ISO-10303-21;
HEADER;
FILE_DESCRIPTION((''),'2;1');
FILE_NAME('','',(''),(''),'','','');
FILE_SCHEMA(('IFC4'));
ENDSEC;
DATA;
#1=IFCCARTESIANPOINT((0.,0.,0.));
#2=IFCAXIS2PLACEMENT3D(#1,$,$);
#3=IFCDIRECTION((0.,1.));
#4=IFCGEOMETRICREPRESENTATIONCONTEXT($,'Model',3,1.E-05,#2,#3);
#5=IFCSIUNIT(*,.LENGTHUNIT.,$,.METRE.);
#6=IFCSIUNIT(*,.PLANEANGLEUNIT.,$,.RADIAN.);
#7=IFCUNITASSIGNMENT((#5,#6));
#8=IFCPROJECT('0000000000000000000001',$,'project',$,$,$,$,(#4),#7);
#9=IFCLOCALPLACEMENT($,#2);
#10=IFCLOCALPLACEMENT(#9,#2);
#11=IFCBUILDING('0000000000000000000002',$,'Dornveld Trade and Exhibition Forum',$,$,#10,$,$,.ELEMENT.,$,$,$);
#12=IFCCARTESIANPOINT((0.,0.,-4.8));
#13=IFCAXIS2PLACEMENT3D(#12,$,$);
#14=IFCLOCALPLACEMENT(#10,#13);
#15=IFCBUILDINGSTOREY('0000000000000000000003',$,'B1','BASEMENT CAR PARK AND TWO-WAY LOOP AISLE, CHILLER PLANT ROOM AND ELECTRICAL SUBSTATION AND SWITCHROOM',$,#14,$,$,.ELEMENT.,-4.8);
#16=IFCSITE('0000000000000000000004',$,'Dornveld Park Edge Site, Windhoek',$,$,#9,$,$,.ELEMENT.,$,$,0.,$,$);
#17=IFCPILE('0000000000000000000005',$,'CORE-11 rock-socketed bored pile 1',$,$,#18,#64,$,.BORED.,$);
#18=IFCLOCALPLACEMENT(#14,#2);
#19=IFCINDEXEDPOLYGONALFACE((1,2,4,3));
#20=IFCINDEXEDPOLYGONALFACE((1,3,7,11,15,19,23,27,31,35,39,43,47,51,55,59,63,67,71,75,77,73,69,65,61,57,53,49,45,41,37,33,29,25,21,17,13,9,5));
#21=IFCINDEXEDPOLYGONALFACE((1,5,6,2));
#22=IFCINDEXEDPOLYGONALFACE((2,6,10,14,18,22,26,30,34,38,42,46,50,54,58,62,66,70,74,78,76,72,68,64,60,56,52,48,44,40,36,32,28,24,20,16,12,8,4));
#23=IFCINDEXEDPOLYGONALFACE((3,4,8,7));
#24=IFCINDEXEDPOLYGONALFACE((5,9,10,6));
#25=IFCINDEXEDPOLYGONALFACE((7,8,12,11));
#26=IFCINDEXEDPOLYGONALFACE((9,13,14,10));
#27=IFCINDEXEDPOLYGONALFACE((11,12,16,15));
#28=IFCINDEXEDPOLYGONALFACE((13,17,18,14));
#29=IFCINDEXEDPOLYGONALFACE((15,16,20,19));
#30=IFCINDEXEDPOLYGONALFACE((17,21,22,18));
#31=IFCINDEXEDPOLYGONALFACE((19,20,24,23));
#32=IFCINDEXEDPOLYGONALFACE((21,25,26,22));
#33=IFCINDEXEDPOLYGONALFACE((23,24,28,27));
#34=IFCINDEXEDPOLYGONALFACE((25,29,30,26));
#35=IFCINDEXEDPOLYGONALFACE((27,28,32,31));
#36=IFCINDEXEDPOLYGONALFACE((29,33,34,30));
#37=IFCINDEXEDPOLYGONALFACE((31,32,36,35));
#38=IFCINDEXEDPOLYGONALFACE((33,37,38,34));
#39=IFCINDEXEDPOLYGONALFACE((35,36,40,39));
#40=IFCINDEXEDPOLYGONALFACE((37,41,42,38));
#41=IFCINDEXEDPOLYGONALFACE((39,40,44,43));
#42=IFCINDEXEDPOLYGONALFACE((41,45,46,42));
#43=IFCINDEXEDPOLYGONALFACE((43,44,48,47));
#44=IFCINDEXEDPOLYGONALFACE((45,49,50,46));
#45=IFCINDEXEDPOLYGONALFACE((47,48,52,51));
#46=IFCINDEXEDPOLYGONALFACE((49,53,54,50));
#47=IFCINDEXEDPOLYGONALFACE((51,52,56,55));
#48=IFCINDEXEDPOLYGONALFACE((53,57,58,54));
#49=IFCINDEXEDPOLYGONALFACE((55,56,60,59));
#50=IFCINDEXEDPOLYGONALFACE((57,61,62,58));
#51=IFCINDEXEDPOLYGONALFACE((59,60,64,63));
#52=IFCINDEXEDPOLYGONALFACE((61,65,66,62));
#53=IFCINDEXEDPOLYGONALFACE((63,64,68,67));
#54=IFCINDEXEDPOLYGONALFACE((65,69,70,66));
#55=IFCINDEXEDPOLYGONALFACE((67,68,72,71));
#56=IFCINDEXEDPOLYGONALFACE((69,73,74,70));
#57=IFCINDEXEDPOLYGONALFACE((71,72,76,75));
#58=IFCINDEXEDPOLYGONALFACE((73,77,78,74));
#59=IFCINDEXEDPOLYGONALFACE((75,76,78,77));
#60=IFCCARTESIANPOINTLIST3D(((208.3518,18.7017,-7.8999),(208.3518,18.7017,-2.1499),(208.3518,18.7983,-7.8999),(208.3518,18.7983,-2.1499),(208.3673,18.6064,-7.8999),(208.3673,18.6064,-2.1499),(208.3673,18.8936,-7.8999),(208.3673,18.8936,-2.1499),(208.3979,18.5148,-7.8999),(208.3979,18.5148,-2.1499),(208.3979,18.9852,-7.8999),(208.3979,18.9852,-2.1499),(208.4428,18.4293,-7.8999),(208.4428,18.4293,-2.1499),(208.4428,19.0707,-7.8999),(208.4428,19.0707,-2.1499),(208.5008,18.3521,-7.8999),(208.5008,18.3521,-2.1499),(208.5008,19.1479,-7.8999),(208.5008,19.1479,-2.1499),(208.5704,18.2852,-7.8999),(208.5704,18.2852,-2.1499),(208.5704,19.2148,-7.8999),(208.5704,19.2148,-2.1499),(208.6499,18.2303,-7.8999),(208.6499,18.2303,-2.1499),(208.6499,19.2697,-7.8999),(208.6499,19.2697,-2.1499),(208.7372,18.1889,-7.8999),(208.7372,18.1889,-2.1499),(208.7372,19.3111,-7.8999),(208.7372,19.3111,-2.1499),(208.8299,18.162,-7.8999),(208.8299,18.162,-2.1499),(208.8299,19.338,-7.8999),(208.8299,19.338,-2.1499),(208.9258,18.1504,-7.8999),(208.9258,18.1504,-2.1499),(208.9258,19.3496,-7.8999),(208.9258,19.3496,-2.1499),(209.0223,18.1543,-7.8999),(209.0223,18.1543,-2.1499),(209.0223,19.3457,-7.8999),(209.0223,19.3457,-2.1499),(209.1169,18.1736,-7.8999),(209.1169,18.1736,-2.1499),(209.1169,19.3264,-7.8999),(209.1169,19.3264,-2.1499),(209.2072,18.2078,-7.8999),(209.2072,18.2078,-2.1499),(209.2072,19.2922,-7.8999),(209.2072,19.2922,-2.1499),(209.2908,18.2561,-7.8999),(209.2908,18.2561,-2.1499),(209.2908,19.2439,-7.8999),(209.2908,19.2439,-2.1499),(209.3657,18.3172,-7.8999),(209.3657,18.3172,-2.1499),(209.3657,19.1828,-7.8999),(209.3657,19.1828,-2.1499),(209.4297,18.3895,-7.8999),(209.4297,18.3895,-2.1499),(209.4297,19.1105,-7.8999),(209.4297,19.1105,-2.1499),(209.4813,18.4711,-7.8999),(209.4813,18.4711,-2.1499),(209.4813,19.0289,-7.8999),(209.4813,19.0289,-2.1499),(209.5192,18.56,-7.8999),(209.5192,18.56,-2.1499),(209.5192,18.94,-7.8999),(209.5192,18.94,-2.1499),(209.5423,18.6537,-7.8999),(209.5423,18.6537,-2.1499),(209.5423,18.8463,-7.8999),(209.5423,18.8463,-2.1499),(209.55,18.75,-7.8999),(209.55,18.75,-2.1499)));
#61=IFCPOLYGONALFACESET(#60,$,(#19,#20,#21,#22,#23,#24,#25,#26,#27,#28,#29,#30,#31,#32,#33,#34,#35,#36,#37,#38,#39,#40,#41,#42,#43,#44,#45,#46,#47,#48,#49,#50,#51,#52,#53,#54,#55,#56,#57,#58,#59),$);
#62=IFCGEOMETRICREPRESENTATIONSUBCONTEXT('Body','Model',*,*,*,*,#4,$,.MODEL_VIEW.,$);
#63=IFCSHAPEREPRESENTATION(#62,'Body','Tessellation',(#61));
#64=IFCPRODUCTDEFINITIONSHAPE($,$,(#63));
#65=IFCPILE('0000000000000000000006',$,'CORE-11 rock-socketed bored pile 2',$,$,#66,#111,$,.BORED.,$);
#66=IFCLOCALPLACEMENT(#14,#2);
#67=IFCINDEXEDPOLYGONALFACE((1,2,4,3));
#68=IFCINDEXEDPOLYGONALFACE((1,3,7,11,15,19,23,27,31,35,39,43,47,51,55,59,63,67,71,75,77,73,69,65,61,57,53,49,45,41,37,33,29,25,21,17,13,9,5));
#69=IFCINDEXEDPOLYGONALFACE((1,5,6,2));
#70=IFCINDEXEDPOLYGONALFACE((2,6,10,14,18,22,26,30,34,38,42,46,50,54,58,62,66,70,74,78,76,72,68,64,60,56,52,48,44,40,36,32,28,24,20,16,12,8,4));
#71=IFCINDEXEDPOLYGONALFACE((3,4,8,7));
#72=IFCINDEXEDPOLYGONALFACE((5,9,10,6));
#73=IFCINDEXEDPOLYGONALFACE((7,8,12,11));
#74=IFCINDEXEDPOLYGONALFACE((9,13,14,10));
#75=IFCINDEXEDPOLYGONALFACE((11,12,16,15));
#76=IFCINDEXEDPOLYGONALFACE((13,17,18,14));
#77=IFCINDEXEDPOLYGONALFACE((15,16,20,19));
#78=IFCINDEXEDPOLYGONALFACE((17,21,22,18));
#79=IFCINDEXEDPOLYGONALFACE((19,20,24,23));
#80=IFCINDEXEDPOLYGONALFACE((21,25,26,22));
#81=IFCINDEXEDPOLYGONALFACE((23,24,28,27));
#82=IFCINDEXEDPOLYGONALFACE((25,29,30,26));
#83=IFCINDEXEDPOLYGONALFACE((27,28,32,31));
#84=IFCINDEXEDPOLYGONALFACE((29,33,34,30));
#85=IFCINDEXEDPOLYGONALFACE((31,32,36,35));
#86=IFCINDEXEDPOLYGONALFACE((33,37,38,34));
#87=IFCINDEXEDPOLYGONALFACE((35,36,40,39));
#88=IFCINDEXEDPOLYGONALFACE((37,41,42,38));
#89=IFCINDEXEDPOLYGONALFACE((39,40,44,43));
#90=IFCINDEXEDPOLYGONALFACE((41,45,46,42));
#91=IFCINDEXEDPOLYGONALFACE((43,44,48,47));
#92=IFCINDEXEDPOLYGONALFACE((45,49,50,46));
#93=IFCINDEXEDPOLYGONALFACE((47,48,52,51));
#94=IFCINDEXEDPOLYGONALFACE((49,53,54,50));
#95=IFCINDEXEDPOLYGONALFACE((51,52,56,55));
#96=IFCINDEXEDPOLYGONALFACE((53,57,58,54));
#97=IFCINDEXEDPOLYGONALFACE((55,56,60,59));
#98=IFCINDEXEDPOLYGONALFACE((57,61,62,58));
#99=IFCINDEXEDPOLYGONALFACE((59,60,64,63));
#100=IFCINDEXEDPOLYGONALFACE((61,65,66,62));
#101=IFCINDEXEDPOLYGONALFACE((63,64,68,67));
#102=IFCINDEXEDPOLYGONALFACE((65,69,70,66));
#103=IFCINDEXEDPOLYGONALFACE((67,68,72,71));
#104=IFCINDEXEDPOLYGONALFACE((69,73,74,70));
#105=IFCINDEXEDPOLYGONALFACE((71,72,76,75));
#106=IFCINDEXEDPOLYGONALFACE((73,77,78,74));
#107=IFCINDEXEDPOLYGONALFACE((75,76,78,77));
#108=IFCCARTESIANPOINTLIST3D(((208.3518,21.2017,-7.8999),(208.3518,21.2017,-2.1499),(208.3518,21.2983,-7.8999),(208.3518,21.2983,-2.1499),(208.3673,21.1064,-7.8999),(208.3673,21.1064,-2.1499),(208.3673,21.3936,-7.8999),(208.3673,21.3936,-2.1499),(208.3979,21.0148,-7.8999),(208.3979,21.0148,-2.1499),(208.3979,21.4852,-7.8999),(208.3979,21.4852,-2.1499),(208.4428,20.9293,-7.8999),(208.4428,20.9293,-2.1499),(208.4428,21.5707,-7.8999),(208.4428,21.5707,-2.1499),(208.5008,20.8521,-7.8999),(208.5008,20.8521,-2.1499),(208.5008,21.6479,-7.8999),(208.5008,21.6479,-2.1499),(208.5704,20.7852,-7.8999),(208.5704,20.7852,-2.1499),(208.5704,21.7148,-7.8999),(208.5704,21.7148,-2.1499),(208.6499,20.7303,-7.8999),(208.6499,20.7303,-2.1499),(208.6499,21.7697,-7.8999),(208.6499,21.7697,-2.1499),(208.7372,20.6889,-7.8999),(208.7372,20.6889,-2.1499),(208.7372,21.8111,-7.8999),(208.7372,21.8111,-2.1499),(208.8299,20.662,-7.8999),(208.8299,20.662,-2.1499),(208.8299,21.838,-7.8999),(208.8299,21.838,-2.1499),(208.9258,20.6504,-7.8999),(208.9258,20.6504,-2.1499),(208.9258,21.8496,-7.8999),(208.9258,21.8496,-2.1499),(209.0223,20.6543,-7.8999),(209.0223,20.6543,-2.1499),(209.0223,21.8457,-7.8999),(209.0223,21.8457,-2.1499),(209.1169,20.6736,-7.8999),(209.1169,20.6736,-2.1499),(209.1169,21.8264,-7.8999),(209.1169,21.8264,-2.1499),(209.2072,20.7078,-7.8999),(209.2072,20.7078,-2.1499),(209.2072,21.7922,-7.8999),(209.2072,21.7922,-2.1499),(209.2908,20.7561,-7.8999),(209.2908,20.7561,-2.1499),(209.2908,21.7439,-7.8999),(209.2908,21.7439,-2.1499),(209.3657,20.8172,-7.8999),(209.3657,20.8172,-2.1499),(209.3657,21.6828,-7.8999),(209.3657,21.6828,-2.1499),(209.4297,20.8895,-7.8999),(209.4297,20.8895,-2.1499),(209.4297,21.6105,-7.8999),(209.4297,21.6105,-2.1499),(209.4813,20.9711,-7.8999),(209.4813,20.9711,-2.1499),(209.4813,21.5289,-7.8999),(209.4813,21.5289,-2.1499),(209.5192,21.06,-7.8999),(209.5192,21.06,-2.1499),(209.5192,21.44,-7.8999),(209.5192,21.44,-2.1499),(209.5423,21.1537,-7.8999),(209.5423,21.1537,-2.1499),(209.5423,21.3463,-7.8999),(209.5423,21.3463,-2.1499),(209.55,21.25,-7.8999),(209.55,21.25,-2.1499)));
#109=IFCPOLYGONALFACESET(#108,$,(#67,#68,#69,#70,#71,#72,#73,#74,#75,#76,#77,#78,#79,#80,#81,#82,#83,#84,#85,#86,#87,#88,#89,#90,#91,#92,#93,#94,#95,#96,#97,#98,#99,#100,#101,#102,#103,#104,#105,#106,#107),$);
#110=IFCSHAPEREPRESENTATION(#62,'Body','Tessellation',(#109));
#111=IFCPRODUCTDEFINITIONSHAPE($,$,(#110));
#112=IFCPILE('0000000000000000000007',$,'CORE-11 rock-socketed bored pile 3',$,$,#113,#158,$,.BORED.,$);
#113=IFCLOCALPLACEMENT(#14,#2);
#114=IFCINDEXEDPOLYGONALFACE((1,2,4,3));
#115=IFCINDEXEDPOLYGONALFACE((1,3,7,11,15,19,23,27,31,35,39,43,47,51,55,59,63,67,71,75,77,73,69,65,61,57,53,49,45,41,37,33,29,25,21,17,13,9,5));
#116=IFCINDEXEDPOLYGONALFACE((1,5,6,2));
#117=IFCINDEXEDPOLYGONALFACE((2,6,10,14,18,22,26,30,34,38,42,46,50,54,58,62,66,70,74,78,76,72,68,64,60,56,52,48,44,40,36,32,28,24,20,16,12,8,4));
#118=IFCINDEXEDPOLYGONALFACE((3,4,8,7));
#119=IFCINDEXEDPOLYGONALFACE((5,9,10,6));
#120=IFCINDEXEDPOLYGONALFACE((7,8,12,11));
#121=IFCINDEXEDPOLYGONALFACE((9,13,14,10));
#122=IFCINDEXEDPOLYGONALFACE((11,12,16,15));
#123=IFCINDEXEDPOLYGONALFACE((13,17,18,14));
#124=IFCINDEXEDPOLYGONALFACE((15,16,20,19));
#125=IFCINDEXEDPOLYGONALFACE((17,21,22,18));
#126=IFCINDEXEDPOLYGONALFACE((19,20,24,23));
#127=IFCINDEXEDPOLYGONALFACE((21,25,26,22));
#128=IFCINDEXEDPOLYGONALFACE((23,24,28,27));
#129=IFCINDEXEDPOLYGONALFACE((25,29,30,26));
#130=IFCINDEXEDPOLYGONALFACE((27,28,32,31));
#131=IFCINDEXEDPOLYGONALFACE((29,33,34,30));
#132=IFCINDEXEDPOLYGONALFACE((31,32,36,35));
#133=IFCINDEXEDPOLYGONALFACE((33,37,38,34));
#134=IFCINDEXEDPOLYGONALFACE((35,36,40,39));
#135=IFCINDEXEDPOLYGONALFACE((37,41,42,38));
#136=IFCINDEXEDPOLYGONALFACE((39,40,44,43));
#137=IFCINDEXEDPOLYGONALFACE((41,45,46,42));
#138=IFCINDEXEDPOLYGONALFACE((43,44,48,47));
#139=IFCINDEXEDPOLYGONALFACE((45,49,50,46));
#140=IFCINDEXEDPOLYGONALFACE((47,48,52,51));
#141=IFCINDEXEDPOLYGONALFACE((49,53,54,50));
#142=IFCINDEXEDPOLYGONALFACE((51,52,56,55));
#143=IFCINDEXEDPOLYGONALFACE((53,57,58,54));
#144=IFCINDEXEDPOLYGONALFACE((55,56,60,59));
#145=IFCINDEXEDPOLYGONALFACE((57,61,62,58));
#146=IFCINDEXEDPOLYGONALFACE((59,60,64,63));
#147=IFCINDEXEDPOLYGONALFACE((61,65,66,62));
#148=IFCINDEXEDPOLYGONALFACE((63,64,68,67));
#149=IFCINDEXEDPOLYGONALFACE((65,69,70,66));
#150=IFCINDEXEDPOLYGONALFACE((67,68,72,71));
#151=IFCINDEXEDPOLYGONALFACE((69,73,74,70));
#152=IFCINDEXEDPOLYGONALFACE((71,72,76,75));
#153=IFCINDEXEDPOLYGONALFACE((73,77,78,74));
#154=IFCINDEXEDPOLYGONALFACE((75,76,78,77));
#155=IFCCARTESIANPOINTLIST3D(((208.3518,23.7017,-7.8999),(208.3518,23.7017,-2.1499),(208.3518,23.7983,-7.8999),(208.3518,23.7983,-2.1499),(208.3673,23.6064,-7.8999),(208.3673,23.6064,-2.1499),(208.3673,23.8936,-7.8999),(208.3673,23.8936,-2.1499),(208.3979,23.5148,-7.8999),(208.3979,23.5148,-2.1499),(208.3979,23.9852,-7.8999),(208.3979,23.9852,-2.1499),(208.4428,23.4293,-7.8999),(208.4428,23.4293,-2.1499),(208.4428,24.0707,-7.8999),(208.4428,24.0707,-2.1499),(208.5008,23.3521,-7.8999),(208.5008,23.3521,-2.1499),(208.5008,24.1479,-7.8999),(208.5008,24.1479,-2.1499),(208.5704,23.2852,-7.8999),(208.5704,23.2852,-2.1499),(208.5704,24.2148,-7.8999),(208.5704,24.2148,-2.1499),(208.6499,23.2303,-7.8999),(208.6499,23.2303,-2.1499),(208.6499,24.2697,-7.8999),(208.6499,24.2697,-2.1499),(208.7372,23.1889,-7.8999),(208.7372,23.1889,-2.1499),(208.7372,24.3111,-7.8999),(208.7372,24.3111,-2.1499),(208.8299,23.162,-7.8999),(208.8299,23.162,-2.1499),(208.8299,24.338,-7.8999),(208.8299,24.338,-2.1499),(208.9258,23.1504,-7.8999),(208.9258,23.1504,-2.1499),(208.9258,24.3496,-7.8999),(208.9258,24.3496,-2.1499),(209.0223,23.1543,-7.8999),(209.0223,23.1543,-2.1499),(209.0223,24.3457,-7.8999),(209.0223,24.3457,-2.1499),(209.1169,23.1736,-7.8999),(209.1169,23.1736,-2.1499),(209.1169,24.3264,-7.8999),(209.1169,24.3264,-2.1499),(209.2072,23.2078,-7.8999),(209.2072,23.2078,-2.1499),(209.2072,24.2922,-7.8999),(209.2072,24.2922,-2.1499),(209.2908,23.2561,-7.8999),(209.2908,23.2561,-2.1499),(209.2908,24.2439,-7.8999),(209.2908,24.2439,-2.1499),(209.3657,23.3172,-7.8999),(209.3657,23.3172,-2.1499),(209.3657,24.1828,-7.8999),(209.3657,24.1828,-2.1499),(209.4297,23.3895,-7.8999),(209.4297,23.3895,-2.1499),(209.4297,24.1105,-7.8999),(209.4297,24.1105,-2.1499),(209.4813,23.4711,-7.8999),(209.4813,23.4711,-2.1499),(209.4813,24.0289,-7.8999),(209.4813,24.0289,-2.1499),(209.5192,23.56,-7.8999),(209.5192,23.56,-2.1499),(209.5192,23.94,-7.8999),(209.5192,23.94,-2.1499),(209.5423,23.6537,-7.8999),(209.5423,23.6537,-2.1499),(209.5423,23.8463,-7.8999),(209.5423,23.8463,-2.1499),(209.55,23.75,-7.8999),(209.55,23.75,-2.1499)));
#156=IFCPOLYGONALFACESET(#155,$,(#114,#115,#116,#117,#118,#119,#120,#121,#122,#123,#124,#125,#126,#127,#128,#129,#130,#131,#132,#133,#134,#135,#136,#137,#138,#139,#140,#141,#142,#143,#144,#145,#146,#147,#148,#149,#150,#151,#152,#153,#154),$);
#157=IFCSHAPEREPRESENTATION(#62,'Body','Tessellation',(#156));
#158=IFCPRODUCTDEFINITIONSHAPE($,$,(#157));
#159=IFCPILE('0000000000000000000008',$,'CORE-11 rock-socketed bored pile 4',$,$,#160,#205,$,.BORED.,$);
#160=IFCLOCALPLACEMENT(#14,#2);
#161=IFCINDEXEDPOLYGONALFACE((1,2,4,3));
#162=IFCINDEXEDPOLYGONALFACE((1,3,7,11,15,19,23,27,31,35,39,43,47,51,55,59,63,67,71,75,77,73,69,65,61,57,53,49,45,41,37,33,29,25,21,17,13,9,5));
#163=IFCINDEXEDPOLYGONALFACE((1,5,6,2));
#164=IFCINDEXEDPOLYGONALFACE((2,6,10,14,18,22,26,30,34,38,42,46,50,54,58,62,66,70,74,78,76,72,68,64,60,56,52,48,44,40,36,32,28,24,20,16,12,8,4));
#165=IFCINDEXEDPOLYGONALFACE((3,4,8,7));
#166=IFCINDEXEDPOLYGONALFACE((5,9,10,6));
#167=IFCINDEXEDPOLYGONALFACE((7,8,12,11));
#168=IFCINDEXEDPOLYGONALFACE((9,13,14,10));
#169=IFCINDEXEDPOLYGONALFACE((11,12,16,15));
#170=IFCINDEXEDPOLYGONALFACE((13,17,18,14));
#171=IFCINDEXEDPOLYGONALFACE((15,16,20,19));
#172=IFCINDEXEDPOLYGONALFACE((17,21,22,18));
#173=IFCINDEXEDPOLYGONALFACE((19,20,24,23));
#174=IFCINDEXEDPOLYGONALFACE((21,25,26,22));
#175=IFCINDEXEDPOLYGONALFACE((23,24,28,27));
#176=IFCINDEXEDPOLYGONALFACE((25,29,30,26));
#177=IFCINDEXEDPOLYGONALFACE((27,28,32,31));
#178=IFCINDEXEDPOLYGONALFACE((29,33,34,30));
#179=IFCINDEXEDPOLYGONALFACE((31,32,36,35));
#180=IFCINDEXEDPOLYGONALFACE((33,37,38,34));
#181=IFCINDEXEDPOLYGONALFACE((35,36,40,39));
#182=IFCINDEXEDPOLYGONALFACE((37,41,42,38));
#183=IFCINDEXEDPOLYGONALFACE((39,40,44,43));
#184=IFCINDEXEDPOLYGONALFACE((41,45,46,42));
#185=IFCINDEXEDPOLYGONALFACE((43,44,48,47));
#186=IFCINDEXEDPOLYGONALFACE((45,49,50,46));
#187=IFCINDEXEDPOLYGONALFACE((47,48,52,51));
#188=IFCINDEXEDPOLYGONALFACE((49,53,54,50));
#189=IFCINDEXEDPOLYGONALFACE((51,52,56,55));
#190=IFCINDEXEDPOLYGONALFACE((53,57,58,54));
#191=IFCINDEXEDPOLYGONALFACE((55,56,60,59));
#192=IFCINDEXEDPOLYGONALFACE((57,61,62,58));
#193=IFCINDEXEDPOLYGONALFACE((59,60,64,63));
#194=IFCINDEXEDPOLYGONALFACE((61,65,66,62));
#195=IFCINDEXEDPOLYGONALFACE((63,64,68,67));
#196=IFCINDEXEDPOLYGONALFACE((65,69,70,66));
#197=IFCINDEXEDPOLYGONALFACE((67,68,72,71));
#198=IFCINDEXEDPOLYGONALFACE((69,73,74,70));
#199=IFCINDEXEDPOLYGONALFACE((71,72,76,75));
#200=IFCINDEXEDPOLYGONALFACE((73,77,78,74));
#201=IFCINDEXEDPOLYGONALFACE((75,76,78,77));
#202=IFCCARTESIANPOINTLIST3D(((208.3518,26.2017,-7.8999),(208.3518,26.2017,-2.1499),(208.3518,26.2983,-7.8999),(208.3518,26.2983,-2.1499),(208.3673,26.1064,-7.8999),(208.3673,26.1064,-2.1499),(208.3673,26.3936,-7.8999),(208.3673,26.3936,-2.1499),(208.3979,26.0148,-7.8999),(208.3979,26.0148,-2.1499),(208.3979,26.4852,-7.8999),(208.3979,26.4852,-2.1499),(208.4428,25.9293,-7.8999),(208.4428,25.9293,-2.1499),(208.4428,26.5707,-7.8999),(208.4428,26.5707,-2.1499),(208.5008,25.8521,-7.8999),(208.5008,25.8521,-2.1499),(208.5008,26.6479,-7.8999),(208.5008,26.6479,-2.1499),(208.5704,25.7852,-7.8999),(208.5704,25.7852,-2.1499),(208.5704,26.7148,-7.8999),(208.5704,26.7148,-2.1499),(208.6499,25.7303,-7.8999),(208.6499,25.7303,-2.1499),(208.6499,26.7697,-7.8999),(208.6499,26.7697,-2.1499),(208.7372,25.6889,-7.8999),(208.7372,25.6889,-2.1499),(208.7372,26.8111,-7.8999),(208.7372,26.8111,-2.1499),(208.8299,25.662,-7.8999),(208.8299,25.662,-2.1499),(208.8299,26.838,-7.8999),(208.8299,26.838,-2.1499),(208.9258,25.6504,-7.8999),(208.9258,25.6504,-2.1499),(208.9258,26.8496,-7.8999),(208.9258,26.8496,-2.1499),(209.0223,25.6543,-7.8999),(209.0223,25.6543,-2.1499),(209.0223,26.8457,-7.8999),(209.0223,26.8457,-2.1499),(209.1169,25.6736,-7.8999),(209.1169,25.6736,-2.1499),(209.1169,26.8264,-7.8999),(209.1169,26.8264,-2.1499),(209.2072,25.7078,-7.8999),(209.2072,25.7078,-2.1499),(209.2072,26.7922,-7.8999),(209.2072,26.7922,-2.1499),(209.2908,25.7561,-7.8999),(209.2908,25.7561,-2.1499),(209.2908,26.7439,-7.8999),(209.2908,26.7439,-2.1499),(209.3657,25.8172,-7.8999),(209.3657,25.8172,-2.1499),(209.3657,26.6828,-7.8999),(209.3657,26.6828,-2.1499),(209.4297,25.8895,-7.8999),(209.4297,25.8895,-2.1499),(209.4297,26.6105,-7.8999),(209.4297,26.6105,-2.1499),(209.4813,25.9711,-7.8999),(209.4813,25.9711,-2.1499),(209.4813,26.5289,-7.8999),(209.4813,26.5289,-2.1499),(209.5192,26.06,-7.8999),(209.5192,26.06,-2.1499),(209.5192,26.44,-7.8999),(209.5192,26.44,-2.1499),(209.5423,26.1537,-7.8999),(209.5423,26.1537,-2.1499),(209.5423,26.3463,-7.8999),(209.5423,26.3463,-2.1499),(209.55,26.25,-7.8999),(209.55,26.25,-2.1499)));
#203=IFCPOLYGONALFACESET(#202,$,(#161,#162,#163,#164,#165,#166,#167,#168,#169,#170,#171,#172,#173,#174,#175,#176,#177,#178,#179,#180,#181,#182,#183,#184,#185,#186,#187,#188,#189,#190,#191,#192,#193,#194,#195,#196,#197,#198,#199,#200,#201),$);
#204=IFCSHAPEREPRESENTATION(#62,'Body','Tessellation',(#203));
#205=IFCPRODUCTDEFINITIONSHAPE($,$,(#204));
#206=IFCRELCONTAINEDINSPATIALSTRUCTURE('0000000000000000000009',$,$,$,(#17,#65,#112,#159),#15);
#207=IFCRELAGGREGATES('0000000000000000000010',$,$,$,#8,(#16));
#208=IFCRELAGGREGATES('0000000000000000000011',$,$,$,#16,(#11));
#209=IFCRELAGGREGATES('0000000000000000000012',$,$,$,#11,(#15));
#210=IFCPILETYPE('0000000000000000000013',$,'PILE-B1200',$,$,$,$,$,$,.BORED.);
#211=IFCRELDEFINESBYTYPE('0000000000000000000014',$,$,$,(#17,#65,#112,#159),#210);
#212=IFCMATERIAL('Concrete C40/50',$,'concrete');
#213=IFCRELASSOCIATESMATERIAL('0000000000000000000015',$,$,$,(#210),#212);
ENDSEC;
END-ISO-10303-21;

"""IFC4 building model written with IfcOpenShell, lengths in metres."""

from ifc_helpers import new_model, si_unit, direction, frame, origin, origin_2d, place, context, subcontext, project, spatial, circle, extrude, material, material_profile, profile_set, type_object, element, save


model = new_model("IFC4")

# Units and contexts
model_context = context("Model", 3, precision=1e-05, world=origin(), true_north=direction((0.0, 1.0)))
body_context = subcontext(model_context, "Body", "Model", "MODEL_VIEW")
ifc_project = project(units=[si_unit("LENGTHUNIT", "METRE"), si_unit("PLANEANGLEUNIT", "RADIAN")], contexts=[model_context])

# Site, building, storey
site_placement = place(None, origin())
site = spatial("IfcSite", under=ifc_project, at=site_placement, Name="Dornveld Park Edge Site, Windhoek", CompositionType="ELEMENT", RefElevation=0.0)
building_placement = place(site_placement, origin())
building = spatial("IfcBuilding", under=site, at=building_placement, Name="Dornveld Trade and Exhibition Forum", CompositionType="ELEMENT")
storey_placement = place(building_placement, frame((0.0, 0.0, -4.8)))
storey = spatial("IfcBuildingStorey", under=building, at=storey_placement, Name="B1", Description="BASEMENT CAR PARK AND TWO-WAY LOOP AISLE, CHILLER PLANT ROOM AND ELECTRICAL SUBSTATION AND SWITCHROOM", CompositionType="ELEMENT", Elevation=-4.8)

# Piles
ifc_material_1 = material(Name="Concrete C40/50", Category="concrete")
ifc_material_profile_1 = material_profile(ifc_material_1, circle(Radius=0.6001, at=origin_2d()), Name="PILE D1200")
ifc_profile_set_1 = profile_set([ifc_material_profile_1], Name="Concrete C40/50")
pile_type_1 = type_object("IfcPileType", Name="PILE-B1200", PredefinedType="BORED", material=ifc_profile_set_1)
for number, where, z_axis, x_axis, name in (
    (1, (208.95, 18.75, -2.1499), (0.0, 0.0, -1.0), (1.0, 0.0, 0.0), "CORE-11 rock-socketed bored pile 1"),
    (2, (208.95, 21.25, -2.1499), (0.0, 0.0, -1.0), (1.0, 0.0, 0.0), "CORE-11 rock-socketed bored pile 2"),
    (3, (208.95, 23.75, -2.1499), (0.0, 0.0, -1.0), (1.0, 0.0, 0.0), "CORE-11 rock-socketed bored pile 3"),
    (4, (208.95, 26.25, -2.1499), (0.0, 0.0, -1.0), (1.0, 0.0, 0.0), "CORE-11 rock-socketed bored pile 4"),
):
    element("IfcPile", number, at=place(storey_placement, frame(where, z_axis=z_axis, x_axis=x_axis)), inside=storey, type_object=pile_type_1, Name=name, PredefinedType="BORED", context=body_context, shape_type="SweptSolid", body=[
        extrude(circle(Radius=0.6001, at=origin_2d()), origin(), (0.0, 0.0, 1.0), 5.75),
    ])

save(model, "model.ifc")
